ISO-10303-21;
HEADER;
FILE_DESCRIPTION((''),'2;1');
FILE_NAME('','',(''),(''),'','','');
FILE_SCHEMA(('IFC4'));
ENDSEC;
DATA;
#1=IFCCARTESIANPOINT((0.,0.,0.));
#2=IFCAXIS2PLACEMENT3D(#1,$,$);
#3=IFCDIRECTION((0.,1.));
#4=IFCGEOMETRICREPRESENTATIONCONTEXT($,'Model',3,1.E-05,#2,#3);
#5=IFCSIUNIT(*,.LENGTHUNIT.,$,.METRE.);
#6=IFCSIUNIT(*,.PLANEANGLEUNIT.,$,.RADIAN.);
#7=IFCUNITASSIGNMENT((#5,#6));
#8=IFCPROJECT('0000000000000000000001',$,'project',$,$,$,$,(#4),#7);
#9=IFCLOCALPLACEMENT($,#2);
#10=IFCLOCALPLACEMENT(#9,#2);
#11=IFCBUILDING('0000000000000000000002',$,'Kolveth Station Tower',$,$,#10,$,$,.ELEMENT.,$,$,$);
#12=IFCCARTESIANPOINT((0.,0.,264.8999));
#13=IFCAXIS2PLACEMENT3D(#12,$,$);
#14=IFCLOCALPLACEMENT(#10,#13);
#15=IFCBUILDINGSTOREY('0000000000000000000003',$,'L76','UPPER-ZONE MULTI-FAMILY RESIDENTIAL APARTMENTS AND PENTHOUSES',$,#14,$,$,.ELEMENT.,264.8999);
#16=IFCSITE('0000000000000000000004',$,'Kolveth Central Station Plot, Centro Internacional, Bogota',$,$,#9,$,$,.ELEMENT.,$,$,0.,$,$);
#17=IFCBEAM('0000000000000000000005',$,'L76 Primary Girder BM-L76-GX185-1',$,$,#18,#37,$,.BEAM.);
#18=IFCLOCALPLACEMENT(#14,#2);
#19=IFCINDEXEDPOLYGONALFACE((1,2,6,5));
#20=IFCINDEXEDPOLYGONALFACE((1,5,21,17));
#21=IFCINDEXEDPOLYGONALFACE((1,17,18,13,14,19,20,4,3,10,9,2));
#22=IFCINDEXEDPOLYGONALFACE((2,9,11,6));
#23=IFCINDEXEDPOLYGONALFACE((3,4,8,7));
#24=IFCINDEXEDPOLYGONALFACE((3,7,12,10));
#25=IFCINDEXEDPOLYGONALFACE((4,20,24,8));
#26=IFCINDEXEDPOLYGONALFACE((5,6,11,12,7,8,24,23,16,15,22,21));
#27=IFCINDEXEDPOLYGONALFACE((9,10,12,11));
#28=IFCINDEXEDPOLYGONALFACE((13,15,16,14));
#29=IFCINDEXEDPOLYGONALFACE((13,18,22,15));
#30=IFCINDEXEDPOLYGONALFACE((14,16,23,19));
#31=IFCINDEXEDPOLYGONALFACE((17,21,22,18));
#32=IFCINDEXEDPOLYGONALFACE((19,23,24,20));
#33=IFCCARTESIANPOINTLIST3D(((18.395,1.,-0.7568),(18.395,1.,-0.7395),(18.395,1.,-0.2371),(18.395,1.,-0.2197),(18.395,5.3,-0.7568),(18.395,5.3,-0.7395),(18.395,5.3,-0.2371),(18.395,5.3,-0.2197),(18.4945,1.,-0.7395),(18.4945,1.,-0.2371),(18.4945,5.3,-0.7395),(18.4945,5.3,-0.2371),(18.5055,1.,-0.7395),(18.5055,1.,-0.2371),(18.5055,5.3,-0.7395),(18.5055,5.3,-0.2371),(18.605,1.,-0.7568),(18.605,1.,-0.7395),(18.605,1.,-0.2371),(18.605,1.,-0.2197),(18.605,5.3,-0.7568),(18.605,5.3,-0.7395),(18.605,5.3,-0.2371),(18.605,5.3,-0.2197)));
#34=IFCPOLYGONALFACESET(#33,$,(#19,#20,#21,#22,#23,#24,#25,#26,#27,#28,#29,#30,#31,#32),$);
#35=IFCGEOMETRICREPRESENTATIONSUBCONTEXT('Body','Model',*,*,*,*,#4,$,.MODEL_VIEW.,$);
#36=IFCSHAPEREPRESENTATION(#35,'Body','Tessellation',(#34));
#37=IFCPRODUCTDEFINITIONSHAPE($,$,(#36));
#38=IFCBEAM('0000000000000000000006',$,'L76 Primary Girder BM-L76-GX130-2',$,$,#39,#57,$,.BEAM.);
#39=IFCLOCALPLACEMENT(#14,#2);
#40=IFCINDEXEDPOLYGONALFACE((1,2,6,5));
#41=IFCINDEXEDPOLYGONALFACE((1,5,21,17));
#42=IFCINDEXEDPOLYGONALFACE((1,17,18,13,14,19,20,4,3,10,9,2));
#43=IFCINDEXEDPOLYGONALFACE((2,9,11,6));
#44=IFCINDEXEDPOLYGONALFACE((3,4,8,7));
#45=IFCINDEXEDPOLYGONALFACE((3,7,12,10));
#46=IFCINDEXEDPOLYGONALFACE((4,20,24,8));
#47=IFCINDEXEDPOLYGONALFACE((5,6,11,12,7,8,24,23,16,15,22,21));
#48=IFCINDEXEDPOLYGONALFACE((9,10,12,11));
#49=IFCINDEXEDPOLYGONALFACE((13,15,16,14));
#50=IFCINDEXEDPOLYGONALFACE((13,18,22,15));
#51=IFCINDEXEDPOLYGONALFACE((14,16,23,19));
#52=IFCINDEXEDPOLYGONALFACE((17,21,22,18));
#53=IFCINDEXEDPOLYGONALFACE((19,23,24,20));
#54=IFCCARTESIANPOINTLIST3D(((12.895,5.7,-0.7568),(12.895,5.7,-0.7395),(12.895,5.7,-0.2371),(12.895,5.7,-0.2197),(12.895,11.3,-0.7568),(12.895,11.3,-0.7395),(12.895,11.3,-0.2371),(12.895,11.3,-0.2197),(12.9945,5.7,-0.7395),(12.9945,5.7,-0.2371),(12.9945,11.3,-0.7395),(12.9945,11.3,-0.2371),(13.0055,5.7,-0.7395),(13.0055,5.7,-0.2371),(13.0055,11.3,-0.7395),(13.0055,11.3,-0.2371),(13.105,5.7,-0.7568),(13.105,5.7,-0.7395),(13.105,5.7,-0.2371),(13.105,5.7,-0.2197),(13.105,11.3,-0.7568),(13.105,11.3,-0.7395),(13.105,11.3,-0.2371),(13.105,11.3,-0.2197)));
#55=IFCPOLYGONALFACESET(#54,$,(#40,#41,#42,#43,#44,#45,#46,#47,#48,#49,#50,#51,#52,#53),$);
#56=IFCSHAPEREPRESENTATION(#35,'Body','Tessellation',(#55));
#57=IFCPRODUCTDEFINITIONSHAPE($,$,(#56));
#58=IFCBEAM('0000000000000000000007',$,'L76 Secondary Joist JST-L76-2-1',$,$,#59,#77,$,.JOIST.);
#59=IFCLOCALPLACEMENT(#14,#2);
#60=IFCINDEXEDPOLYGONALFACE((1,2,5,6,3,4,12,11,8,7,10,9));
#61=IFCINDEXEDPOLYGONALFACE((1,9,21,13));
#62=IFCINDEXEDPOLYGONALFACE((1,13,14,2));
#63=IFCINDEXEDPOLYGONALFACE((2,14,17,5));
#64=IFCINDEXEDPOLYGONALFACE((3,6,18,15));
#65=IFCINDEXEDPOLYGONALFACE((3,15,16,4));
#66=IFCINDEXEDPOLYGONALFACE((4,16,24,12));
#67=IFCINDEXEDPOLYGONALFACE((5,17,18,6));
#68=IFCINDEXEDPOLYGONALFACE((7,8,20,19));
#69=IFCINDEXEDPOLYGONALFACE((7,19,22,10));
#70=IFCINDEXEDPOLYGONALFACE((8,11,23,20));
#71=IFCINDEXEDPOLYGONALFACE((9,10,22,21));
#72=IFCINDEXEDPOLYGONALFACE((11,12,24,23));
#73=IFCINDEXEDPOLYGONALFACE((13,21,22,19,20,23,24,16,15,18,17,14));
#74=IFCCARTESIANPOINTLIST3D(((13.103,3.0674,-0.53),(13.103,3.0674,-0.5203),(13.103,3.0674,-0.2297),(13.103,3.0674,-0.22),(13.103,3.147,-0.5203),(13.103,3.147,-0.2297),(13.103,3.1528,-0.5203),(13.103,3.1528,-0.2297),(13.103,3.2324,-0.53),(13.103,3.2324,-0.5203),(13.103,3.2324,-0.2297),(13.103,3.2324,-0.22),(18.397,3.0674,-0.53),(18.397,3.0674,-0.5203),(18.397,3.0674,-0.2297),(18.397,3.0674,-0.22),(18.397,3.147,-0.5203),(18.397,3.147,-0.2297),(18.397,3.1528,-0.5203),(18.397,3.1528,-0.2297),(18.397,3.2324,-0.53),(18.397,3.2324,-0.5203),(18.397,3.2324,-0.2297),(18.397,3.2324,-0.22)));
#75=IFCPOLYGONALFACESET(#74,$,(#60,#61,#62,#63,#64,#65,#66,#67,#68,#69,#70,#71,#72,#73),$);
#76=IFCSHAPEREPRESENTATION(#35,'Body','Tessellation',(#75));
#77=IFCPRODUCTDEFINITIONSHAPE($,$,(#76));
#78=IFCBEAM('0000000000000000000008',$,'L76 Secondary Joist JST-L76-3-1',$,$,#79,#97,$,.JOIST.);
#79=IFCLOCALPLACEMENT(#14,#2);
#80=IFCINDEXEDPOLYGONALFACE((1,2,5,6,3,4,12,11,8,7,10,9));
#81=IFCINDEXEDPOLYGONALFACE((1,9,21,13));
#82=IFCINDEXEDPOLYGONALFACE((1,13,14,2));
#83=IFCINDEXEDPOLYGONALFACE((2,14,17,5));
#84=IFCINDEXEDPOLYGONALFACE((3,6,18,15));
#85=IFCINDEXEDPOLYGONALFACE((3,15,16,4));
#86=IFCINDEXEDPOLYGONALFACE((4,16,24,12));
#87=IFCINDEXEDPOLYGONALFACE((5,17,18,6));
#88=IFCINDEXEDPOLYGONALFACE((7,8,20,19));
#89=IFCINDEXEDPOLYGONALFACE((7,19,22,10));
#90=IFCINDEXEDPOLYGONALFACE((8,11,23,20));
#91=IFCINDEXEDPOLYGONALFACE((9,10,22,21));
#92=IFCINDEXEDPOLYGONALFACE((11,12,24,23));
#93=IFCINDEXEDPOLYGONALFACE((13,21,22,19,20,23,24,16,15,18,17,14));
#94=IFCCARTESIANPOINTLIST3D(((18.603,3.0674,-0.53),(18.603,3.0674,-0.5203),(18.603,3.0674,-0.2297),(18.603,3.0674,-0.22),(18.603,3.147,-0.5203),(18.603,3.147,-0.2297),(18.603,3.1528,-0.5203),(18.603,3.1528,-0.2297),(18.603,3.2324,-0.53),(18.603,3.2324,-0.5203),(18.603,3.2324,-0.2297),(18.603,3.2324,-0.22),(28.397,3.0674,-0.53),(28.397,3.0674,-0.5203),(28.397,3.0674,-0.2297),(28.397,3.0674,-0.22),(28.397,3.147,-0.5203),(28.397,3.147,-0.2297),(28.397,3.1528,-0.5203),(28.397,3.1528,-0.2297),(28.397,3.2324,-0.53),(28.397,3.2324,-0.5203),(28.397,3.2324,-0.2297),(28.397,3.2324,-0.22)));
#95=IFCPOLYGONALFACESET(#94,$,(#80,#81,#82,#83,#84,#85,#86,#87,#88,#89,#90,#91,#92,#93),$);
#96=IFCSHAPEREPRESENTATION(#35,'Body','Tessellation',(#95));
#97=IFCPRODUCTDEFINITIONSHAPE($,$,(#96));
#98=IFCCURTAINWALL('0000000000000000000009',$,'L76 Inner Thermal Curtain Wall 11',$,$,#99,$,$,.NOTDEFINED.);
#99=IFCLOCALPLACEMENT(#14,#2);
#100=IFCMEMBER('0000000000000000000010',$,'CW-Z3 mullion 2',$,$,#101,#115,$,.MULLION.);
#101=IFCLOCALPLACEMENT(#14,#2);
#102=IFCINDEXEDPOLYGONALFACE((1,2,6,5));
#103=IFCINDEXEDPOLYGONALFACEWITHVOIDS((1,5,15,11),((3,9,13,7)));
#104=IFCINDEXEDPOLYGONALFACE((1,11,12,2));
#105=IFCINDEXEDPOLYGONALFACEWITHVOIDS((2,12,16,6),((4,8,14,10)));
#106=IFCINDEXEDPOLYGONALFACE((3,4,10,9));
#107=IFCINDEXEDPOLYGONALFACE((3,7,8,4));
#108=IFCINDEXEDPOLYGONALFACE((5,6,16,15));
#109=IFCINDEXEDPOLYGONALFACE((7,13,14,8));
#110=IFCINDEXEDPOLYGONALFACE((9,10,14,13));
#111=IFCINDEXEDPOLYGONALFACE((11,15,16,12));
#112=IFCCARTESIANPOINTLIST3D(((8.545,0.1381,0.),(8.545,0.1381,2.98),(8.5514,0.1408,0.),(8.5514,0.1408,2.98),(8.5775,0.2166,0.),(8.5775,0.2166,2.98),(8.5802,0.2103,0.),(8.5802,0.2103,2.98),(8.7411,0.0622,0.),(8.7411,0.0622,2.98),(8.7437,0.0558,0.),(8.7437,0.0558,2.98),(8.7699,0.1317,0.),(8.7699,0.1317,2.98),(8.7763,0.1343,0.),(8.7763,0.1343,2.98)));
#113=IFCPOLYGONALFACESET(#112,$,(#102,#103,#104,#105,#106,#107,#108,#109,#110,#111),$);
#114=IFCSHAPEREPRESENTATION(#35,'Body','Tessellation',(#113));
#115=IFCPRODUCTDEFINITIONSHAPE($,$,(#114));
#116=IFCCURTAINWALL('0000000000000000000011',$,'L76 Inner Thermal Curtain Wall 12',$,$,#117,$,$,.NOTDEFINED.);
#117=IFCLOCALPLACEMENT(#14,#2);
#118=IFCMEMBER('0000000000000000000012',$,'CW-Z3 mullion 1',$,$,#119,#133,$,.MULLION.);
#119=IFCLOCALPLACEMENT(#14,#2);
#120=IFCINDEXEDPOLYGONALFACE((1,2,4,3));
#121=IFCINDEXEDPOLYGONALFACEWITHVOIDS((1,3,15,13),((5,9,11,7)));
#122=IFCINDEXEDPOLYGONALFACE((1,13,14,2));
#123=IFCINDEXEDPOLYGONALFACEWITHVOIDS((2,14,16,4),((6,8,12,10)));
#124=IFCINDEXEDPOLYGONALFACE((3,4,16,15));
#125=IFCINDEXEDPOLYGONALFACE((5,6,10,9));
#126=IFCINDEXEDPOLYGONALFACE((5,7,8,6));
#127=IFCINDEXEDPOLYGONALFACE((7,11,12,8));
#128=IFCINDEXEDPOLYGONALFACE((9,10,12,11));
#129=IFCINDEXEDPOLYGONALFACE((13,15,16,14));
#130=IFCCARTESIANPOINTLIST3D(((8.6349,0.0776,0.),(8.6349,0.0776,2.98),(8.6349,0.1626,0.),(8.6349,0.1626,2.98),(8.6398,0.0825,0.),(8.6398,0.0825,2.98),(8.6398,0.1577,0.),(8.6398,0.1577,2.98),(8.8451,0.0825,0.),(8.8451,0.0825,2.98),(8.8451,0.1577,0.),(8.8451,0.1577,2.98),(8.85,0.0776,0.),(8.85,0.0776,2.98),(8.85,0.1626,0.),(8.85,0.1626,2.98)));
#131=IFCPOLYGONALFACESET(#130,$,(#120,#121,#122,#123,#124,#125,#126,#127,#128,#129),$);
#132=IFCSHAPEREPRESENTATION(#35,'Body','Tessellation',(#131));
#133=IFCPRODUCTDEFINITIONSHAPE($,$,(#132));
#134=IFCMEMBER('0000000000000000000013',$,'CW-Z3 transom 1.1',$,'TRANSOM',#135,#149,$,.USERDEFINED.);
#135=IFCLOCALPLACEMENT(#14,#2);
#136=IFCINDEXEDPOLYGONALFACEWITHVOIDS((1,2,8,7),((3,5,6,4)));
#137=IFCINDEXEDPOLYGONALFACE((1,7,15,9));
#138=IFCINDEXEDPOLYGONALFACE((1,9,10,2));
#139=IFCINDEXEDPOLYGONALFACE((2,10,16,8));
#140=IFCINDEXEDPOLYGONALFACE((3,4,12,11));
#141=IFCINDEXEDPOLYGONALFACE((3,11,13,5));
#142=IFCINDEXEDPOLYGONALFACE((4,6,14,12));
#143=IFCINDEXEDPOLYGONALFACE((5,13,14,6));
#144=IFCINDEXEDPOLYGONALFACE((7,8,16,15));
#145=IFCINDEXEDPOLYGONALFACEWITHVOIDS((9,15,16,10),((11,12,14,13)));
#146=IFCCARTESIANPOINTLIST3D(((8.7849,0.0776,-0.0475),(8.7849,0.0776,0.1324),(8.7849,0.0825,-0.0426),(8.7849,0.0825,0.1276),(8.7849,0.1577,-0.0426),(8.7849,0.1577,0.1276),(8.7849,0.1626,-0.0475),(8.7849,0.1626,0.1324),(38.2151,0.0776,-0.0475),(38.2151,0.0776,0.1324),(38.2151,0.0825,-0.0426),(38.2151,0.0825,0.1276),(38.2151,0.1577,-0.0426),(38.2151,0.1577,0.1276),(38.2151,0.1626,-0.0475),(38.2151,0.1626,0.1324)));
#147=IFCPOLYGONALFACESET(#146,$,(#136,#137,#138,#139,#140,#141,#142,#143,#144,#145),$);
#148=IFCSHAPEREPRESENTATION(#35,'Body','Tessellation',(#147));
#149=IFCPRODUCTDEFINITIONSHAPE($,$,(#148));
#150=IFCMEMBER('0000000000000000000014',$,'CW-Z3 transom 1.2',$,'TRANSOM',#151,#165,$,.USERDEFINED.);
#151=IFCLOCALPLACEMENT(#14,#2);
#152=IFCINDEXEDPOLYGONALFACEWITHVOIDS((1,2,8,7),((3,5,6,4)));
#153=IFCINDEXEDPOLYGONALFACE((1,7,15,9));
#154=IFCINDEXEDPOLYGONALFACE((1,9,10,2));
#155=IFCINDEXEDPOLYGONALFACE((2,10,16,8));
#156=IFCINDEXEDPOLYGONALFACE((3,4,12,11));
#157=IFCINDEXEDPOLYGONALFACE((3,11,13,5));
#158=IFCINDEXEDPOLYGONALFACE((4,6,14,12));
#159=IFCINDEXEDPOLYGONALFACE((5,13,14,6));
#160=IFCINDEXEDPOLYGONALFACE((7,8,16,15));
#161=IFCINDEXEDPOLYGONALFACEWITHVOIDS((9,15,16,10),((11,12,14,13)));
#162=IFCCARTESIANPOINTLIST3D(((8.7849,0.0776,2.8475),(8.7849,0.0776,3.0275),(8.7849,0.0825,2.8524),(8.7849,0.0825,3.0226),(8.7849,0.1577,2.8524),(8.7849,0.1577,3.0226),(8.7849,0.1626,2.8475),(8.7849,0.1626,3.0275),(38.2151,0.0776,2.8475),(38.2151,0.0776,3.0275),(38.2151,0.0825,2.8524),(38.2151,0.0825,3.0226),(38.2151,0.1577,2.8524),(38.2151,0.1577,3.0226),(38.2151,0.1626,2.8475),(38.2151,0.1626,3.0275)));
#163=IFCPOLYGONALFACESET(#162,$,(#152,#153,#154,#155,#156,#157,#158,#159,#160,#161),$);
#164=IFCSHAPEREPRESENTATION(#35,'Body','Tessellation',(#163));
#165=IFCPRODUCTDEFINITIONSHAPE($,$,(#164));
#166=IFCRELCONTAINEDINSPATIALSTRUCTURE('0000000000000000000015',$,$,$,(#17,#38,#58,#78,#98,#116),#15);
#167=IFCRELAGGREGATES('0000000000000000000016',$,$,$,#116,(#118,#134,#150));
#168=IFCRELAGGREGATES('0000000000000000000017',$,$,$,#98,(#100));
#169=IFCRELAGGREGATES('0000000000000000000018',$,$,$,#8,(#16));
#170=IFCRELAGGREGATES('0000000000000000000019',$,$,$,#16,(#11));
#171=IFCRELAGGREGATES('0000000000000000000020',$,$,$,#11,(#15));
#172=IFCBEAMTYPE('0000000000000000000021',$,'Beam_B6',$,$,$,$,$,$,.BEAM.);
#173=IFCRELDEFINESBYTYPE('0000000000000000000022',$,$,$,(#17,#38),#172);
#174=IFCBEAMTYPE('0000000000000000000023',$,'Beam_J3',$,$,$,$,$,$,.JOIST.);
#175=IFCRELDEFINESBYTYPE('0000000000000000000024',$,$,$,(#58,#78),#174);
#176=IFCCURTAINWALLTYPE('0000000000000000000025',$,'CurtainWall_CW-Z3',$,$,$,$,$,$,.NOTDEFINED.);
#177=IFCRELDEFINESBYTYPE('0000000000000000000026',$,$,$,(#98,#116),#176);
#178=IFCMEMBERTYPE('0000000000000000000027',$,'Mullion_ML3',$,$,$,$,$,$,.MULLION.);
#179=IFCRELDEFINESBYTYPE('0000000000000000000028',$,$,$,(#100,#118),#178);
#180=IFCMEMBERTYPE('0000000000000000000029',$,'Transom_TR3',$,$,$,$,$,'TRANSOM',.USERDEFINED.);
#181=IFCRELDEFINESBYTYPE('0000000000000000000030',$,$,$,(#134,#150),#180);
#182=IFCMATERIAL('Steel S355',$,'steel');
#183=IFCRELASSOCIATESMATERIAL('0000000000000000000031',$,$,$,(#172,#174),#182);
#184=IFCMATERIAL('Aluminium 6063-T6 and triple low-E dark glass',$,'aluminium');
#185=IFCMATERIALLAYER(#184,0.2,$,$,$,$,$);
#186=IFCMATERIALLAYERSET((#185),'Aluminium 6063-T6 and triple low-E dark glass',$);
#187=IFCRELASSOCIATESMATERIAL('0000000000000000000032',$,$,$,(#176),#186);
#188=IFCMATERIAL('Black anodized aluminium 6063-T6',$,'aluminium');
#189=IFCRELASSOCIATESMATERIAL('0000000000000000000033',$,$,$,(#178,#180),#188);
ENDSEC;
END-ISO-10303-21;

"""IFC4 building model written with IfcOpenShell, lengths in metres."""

from ifc_helpers import new_model, si_unit, direction, frame, origin, origin_2d, place, context, subcontext, project, spatial, hollow_rectangle, i_section, extrude, source, transform, mapped, material, layer, layer_set, material_profile, profile_set, type_object, element, aggregate, save


model = new_model("IFC4")

# Units and contexts
model_context = context("Model", 3, precision=1e-05, world=origin(), true_north=direction((0.0, 1.0)))
body_context = subcontext(model_context, "Body", "Model", "MODEL_VIEW")
ifc_project = project(units=[si_unit("LENGTHUNIT", "METRE"), si_unit("PLANEANGLEUNIT", "RADIAN")], contexts=[model_context])

# Site, building, storey
site_placement = place(None, origin())
site = spatial("IfcSite", under=ifc_project, at=site_placement, Name="Kolveth Central Station Plot, Centro Internacional, Bogota", CompositionType="ELEMENT", RefElevation=0.0)
building_placement = place(site_placement, origin())
building = spatial("IfcBuilding", under=site, at=building_placement, Name="Kolveth Station Tower", CompositionType="ELEMENT")
storey_placement = place(building_placement, frame((0.0, 0.0, 264.8999)))
storey = spatial("IfcBuildingStorey", under=building, at=storey_placement, Name="L76", Description="UPPER-ZONE MULTI-FAMILY RESIDENTIAL APARTMENTS AND PENTHOUSES", CompositionType="ELEMENT", Elevation=264.8999)

# Shared definitions
ifc_material_1 = material(Name="Steel S355", Category="steel")

# Beams
ifc_material_profile_1 = material_profile(ifc_material_1, i_section(OverallWidth=0.21, OverallDepth=0.5371, WebThickness=0.011, FlangeThickness=0.0173, at=origin_2d()), Name="W530x101")
ifc_profile_set_1 = profile_set([ifc_material_profile_1], Name="Steel S355")
beam_type_1 = type_object("IfcBeamType", Name="Beam_B6", PredefinedType="BEAM", material=ifc_profile_set_1)
shared_shape_1 = source(origin(), body_context, "Body", "SweptSolid", [
    extrude(i_section(OverallWidth=0.21, OverallDepth=0.5371, WebThickness=0.011, FlangeThickness=0.0173, at=origin_2d()), origin(), (0.0, 0.0, 1.0), 4.3),
])
for number, where, z_axis, x_axis, name in (
    (1, (18.5, 1.0, -0.4883), (0.0, 1.0, 0.0), (-1.0, 0.0, 0.0), "L76 Primary Girder BM-L76-GX185-1"),
):
    element("IfcBeam", number, at=place(storey_placement, frame(where, z_axis=z_axis, x_axis=x_axis)), inside=storey, type_object=beam_type_1, Name=name, PredefinedType="BEAM", context=body_context, shape_type="MappedRepresentation", body=[
        mapped(shared_shape_1, transform((0.0, 0.0, 0.0), x_axis=(1.0, 0.0, 0.0), y_axis=(0.0, 1.0, 0.0), z_axis=(0.0, 0.0, 1.0), scale=1.0)),
    ])
shared_shape_2 = source(origin(), body_context, "Body", "SweptSolid", [
    extrude(i_section(OverallWidth=0.21, OverallDepth=0.5371, WebThickness=0.011, FlangeThickness=0.0173, at=origin_2d()), origin(), (0.0, 0.0, 1.0), 5.6001),
])
beam_1_placement = place(storey_placement, frame((13.0, 5.7, -0.4883), z_axis=(0.0, 1.0, 0.0), x_axis=(-1.0, 0.0, 0.0)))
element("IfcBeam", 2, at=beam_1_placement, inside=storey, type_object=beam_type_1, Name="L76 Primary Girder BM-L76-GX130-2", PredefinedType="BEAM", context=body_context, shape_type="MappedRepresentation", body=[
    mapped(shared_shape_2, transform((0.0, 0.0, 0.0), x_axis=(1.0, 0.0, 0.0), y_axis=(0.0, 1.0, 0.0), z_axis=(0.0, 0.0, 1.0), scale=1.0)),
])
ifc_material_profile_2 = material_profile(ifc_material_1, i_section(OverallWidth=0.165, OverallDepth=0.3101, WebThickness=0.0059, FlangeThickness=0.0098, at=origin_2d()), Name="W310x39")
ifc_profile_set_2 = profile_set([ifc_material_profile_2], Name="Steel S355")
beam_type_2 = type_object("IfcBeamType", Name="Beam_J3", PredefinedType="JOIST", material=ifc_profile_set_2)
shared_shape_3 = source(origin(), body_context, "Body", "SweptSolid", [
    extrude(i_section(OverallWidth=0.165, OverallDepth=0.3101, WebThickness=0.0059, FlangeThickness=0.0098, at=origin_2d()), origin(), (0.0, 0.0, 1.0), 5.2939),
])
beam_2_placement = place(storey_placement, frame((13.103, 3.1499, -0.375), z_axis=(1.0, 0.0, 0.0), x_axis=(0.0, 1.0, 0.0)))
element("IfcBeam", 3, at=beam_2_placement, inside=storey, type_object=beam_type_2, Name="L76 Secondary Joist JST-L76-2-1", PredefinedType="JOIST", context=body_context, shape_type="MappedRepresentation", body=[
    mapped(shared_shape_3, transform((0.0, 0.0, 0.0), x_axis=(1.0, 0.0, 0.0), y_axis=(0.0, 1.0, 0.0), z_axis=(0.0, 0.0, 1.0), scale=1.0)),
])
shared_shape_4 = source(origin(), body_context, "Body", "SweptSolid", [
    extrude(i_section(OverallWidth=0.165, OverallDepth=0.3101, WebThickness=0.0059, FlangeThickness=0.0098, at=origin_2d()), origin(), (0.0, 0.0, 1.0), 9.7939),
])
beam_3_placement = place(storey_placement, frame((18.603, 3.1499, -0.375), z_axis=(1.0, 0.0, 0.0), x_axis=(0.0, 1.0, 0.0)))
element("IfcBeam", 4, at=beam_3_placement, inside=storey, type_object=beam_type_2, Name="L76 Secondary Joist JST-L76-3-1", PredefinedType="JOIST", context=body_context, shape_type="MappedRepresentation", body=[
    mapped(shared_shape_4, transform((0.0, 0.0, 0.0), x_axis=(1.0, 0.0, 0.0), y_axis=(0.0, 1.0, 0.0), z_axis=(0.0, 0.0, 1.0), scale=1.0)),
])

# Curtain wall, member
ifc_material_2 = material(Name="Aluminium 6063-T6 and triple low-E dark glass", Category="aluminium")
ifc_layer_1 = layer(ifc_material_2, 0.2)
ifc_layer_set_1 = layer_set([ifc_layer_1], Name="Aluminium 6063-T6 and triple low-E dark glass")
curtain_wall_type_1 = type_object("IfcCurtainWallType", Name="CurtainWall_CW-Z3", PredefinedType="NOTDEFINED", material=ifc_layer_set_1)
curtain_wall_1_placement = place(storey_placement, origin())
curtain_wall_1 = element("IfcCurtainWall", 5, at=curtain_wall_1_placement, inside=storey, type_object=curtain_wall_type_1, Name="L76 Inner Thermal Curtain Wall 11", PredefinedType="NOTDEFINED")
ifc_material_3 = material(Name="Black anodized aluminium 6063-T6", Category="aluminium")
ifc_material_profile_3 = material_profile(ifc_material_3, hollow_rectangle(XDim=0.085, YDim=0.2151, WallThickness=0.0049, at=origin_2d()), Name="ALU-85x215x5")
ifc_profile_set_3 = profile_set([ifc_material_profile_3], Name="Black anodized aluminium 6063-T6")
member_type_1 = type_object("IfcMemberType", Name="Mullion_ML3", PredefinedType="MULLION", material=ifc_profile_set_3)
shared_shape_5 = source(origin(), body_context, "Body", "SweptSolid", [
    extrude(hollow_rectangle(XDim=0.085, YDim=0.2151, WallThickness=0.0049, at=origin_2d()), origin(), (0.0, 0.0, 1.0), 2.98),
])
member_1_placement = place(storey_placement, frame((8.6606, 0.1362, 0.0), z_axis=(0.0, 0.0, 1.0), x_axis=(0.382693, 0.923875, 0.0)))
member_1 = element("IfcMember", 6, at=member_1_placement, type_object=member_type_1, Name="CW-Z3 mullion 2", PredefinedType="MULLION", context=body_context, shape_type="MappedRepresentation", body=[
    mapped(shared_shape_5, transform((0.0, 0.0, 0.0), x_axis=(1.0, 0.0, 0.0), y_axis=(0.0, 1.0, 0.0), z_axis=(0.0, 0.0, 1.0), scale=1.0)),
])

# Curtain wall, members
curtain_wall_2_placement = place(storey_placement, origin())
curtain_wall_2 = element("IfcCurtainWall", 7, at=curtain_wall_2_placement, inside=storey, type_object=curtain_wall_type_1, Name="L76 Inner Thermal Curtain Wall 12", PredefinedType="NOTDEFINED")
member_2_placement = place(storey_placement, frame((8.7424, 0.1201, 0.0), z_axis=(0.0, 0.0, 1.0), x_axis=(0.0, 1.0, 0.0)))
member_2 = element("IfcMember", 8, at=member_2_placement, type_object=member_type_1, Name="CW-Z3 mullion 1", PredefinedType="MULLION", context=body_context, shape_type="MappedRepresentation", body=[
    mapped(shared_shape_5, transform((0.0, 0.0, 0.0), x_axis=(1.0, 0.0, 0.0), y_axis=(0.0, 1.0, 0.0), z_axis=(0.0, 0.0, 1.0), scale=1.0)),
])
ifc_material_profile_4 = material_profile(ifc_material_3, hollow_rectangle(XDim=0.085, YDim=0.1799, WallThickness=0.0049, at=origin_2d()), Name="ALU-85x180x5")
ifc_profile_set_4 = profile_set([ifc_material_profile_4], Name="Black anodized aluminium 6063-T6")
member_type_2 = type_object("IfcMemberType", Name="Transom_TR3", ElementType="TRANSOM", PredefinedType="USERDEFINED", material=ifc_profile_set_4)
shared_shape_6 = source(origin(), body_context, "Body", "SweptSolid", [
    extrude(hollow_rectangle(XDim=0.085, YDim=0.1799, WallThickness=0.0049, at=origin_2d()), origin(), (0.0, 0.0, 1.0), 29.4302),
])
member_3_placement = place(storey_placement, frame((8.7849, 0.1201, 0.0425), z_axis=(1.0, 0.0, 0.0), x_axis=(0.0, 1.0, 0.0)))
member_3 = element("IfcMember", 9, at=member_3_placement, type_object=member_type_2, Name="CW-Z3 transom 1.1", ObjectType="TRANSOM", PredefinedType="USERDEFINED", context=body_context, shape_type="MappedRepresentation", body=[
    mapped(shared_shape_6, transform((0.0, 0.0, 0.0), x_axis=(1.0, 0.0, 0.0), y_axis=(0.0, 1.0, 0.0), z_axis=(0.0, 0.0, 1.0), scale=1.0)),
])
member_4_placement = place(storey_placement, frame((8.7849, 0.1201, 2.9375), z_axis=(1.0, 0.0, 0.0), x_axis=(0.0, 1.0, 0.0)))
member_4 = element("IfcMember", 10, at=member_4_placement, type_object=member_type_2, Name="CW-Z3 transom 1.2", ObjectType="TRANSOM", PredefinedType="USERDEFINED", context=body_context, shape_type="MappedRepresentation", body=[
    mapped(shared_shape_6, transform((0.0, 0.0, 0.0), x_axis=(1.0, 0.0, 0.0), y_axis=(0.0, 1.0, 0.0), z_axis=(0.0, 0.0, 1.0), scale=1.0)),
])
aggregate(curtain_wall_2, [member_2, member_3, member_4])

aggregate(curtain_wall_1, [member_1])

save(model, "model.ifc")
